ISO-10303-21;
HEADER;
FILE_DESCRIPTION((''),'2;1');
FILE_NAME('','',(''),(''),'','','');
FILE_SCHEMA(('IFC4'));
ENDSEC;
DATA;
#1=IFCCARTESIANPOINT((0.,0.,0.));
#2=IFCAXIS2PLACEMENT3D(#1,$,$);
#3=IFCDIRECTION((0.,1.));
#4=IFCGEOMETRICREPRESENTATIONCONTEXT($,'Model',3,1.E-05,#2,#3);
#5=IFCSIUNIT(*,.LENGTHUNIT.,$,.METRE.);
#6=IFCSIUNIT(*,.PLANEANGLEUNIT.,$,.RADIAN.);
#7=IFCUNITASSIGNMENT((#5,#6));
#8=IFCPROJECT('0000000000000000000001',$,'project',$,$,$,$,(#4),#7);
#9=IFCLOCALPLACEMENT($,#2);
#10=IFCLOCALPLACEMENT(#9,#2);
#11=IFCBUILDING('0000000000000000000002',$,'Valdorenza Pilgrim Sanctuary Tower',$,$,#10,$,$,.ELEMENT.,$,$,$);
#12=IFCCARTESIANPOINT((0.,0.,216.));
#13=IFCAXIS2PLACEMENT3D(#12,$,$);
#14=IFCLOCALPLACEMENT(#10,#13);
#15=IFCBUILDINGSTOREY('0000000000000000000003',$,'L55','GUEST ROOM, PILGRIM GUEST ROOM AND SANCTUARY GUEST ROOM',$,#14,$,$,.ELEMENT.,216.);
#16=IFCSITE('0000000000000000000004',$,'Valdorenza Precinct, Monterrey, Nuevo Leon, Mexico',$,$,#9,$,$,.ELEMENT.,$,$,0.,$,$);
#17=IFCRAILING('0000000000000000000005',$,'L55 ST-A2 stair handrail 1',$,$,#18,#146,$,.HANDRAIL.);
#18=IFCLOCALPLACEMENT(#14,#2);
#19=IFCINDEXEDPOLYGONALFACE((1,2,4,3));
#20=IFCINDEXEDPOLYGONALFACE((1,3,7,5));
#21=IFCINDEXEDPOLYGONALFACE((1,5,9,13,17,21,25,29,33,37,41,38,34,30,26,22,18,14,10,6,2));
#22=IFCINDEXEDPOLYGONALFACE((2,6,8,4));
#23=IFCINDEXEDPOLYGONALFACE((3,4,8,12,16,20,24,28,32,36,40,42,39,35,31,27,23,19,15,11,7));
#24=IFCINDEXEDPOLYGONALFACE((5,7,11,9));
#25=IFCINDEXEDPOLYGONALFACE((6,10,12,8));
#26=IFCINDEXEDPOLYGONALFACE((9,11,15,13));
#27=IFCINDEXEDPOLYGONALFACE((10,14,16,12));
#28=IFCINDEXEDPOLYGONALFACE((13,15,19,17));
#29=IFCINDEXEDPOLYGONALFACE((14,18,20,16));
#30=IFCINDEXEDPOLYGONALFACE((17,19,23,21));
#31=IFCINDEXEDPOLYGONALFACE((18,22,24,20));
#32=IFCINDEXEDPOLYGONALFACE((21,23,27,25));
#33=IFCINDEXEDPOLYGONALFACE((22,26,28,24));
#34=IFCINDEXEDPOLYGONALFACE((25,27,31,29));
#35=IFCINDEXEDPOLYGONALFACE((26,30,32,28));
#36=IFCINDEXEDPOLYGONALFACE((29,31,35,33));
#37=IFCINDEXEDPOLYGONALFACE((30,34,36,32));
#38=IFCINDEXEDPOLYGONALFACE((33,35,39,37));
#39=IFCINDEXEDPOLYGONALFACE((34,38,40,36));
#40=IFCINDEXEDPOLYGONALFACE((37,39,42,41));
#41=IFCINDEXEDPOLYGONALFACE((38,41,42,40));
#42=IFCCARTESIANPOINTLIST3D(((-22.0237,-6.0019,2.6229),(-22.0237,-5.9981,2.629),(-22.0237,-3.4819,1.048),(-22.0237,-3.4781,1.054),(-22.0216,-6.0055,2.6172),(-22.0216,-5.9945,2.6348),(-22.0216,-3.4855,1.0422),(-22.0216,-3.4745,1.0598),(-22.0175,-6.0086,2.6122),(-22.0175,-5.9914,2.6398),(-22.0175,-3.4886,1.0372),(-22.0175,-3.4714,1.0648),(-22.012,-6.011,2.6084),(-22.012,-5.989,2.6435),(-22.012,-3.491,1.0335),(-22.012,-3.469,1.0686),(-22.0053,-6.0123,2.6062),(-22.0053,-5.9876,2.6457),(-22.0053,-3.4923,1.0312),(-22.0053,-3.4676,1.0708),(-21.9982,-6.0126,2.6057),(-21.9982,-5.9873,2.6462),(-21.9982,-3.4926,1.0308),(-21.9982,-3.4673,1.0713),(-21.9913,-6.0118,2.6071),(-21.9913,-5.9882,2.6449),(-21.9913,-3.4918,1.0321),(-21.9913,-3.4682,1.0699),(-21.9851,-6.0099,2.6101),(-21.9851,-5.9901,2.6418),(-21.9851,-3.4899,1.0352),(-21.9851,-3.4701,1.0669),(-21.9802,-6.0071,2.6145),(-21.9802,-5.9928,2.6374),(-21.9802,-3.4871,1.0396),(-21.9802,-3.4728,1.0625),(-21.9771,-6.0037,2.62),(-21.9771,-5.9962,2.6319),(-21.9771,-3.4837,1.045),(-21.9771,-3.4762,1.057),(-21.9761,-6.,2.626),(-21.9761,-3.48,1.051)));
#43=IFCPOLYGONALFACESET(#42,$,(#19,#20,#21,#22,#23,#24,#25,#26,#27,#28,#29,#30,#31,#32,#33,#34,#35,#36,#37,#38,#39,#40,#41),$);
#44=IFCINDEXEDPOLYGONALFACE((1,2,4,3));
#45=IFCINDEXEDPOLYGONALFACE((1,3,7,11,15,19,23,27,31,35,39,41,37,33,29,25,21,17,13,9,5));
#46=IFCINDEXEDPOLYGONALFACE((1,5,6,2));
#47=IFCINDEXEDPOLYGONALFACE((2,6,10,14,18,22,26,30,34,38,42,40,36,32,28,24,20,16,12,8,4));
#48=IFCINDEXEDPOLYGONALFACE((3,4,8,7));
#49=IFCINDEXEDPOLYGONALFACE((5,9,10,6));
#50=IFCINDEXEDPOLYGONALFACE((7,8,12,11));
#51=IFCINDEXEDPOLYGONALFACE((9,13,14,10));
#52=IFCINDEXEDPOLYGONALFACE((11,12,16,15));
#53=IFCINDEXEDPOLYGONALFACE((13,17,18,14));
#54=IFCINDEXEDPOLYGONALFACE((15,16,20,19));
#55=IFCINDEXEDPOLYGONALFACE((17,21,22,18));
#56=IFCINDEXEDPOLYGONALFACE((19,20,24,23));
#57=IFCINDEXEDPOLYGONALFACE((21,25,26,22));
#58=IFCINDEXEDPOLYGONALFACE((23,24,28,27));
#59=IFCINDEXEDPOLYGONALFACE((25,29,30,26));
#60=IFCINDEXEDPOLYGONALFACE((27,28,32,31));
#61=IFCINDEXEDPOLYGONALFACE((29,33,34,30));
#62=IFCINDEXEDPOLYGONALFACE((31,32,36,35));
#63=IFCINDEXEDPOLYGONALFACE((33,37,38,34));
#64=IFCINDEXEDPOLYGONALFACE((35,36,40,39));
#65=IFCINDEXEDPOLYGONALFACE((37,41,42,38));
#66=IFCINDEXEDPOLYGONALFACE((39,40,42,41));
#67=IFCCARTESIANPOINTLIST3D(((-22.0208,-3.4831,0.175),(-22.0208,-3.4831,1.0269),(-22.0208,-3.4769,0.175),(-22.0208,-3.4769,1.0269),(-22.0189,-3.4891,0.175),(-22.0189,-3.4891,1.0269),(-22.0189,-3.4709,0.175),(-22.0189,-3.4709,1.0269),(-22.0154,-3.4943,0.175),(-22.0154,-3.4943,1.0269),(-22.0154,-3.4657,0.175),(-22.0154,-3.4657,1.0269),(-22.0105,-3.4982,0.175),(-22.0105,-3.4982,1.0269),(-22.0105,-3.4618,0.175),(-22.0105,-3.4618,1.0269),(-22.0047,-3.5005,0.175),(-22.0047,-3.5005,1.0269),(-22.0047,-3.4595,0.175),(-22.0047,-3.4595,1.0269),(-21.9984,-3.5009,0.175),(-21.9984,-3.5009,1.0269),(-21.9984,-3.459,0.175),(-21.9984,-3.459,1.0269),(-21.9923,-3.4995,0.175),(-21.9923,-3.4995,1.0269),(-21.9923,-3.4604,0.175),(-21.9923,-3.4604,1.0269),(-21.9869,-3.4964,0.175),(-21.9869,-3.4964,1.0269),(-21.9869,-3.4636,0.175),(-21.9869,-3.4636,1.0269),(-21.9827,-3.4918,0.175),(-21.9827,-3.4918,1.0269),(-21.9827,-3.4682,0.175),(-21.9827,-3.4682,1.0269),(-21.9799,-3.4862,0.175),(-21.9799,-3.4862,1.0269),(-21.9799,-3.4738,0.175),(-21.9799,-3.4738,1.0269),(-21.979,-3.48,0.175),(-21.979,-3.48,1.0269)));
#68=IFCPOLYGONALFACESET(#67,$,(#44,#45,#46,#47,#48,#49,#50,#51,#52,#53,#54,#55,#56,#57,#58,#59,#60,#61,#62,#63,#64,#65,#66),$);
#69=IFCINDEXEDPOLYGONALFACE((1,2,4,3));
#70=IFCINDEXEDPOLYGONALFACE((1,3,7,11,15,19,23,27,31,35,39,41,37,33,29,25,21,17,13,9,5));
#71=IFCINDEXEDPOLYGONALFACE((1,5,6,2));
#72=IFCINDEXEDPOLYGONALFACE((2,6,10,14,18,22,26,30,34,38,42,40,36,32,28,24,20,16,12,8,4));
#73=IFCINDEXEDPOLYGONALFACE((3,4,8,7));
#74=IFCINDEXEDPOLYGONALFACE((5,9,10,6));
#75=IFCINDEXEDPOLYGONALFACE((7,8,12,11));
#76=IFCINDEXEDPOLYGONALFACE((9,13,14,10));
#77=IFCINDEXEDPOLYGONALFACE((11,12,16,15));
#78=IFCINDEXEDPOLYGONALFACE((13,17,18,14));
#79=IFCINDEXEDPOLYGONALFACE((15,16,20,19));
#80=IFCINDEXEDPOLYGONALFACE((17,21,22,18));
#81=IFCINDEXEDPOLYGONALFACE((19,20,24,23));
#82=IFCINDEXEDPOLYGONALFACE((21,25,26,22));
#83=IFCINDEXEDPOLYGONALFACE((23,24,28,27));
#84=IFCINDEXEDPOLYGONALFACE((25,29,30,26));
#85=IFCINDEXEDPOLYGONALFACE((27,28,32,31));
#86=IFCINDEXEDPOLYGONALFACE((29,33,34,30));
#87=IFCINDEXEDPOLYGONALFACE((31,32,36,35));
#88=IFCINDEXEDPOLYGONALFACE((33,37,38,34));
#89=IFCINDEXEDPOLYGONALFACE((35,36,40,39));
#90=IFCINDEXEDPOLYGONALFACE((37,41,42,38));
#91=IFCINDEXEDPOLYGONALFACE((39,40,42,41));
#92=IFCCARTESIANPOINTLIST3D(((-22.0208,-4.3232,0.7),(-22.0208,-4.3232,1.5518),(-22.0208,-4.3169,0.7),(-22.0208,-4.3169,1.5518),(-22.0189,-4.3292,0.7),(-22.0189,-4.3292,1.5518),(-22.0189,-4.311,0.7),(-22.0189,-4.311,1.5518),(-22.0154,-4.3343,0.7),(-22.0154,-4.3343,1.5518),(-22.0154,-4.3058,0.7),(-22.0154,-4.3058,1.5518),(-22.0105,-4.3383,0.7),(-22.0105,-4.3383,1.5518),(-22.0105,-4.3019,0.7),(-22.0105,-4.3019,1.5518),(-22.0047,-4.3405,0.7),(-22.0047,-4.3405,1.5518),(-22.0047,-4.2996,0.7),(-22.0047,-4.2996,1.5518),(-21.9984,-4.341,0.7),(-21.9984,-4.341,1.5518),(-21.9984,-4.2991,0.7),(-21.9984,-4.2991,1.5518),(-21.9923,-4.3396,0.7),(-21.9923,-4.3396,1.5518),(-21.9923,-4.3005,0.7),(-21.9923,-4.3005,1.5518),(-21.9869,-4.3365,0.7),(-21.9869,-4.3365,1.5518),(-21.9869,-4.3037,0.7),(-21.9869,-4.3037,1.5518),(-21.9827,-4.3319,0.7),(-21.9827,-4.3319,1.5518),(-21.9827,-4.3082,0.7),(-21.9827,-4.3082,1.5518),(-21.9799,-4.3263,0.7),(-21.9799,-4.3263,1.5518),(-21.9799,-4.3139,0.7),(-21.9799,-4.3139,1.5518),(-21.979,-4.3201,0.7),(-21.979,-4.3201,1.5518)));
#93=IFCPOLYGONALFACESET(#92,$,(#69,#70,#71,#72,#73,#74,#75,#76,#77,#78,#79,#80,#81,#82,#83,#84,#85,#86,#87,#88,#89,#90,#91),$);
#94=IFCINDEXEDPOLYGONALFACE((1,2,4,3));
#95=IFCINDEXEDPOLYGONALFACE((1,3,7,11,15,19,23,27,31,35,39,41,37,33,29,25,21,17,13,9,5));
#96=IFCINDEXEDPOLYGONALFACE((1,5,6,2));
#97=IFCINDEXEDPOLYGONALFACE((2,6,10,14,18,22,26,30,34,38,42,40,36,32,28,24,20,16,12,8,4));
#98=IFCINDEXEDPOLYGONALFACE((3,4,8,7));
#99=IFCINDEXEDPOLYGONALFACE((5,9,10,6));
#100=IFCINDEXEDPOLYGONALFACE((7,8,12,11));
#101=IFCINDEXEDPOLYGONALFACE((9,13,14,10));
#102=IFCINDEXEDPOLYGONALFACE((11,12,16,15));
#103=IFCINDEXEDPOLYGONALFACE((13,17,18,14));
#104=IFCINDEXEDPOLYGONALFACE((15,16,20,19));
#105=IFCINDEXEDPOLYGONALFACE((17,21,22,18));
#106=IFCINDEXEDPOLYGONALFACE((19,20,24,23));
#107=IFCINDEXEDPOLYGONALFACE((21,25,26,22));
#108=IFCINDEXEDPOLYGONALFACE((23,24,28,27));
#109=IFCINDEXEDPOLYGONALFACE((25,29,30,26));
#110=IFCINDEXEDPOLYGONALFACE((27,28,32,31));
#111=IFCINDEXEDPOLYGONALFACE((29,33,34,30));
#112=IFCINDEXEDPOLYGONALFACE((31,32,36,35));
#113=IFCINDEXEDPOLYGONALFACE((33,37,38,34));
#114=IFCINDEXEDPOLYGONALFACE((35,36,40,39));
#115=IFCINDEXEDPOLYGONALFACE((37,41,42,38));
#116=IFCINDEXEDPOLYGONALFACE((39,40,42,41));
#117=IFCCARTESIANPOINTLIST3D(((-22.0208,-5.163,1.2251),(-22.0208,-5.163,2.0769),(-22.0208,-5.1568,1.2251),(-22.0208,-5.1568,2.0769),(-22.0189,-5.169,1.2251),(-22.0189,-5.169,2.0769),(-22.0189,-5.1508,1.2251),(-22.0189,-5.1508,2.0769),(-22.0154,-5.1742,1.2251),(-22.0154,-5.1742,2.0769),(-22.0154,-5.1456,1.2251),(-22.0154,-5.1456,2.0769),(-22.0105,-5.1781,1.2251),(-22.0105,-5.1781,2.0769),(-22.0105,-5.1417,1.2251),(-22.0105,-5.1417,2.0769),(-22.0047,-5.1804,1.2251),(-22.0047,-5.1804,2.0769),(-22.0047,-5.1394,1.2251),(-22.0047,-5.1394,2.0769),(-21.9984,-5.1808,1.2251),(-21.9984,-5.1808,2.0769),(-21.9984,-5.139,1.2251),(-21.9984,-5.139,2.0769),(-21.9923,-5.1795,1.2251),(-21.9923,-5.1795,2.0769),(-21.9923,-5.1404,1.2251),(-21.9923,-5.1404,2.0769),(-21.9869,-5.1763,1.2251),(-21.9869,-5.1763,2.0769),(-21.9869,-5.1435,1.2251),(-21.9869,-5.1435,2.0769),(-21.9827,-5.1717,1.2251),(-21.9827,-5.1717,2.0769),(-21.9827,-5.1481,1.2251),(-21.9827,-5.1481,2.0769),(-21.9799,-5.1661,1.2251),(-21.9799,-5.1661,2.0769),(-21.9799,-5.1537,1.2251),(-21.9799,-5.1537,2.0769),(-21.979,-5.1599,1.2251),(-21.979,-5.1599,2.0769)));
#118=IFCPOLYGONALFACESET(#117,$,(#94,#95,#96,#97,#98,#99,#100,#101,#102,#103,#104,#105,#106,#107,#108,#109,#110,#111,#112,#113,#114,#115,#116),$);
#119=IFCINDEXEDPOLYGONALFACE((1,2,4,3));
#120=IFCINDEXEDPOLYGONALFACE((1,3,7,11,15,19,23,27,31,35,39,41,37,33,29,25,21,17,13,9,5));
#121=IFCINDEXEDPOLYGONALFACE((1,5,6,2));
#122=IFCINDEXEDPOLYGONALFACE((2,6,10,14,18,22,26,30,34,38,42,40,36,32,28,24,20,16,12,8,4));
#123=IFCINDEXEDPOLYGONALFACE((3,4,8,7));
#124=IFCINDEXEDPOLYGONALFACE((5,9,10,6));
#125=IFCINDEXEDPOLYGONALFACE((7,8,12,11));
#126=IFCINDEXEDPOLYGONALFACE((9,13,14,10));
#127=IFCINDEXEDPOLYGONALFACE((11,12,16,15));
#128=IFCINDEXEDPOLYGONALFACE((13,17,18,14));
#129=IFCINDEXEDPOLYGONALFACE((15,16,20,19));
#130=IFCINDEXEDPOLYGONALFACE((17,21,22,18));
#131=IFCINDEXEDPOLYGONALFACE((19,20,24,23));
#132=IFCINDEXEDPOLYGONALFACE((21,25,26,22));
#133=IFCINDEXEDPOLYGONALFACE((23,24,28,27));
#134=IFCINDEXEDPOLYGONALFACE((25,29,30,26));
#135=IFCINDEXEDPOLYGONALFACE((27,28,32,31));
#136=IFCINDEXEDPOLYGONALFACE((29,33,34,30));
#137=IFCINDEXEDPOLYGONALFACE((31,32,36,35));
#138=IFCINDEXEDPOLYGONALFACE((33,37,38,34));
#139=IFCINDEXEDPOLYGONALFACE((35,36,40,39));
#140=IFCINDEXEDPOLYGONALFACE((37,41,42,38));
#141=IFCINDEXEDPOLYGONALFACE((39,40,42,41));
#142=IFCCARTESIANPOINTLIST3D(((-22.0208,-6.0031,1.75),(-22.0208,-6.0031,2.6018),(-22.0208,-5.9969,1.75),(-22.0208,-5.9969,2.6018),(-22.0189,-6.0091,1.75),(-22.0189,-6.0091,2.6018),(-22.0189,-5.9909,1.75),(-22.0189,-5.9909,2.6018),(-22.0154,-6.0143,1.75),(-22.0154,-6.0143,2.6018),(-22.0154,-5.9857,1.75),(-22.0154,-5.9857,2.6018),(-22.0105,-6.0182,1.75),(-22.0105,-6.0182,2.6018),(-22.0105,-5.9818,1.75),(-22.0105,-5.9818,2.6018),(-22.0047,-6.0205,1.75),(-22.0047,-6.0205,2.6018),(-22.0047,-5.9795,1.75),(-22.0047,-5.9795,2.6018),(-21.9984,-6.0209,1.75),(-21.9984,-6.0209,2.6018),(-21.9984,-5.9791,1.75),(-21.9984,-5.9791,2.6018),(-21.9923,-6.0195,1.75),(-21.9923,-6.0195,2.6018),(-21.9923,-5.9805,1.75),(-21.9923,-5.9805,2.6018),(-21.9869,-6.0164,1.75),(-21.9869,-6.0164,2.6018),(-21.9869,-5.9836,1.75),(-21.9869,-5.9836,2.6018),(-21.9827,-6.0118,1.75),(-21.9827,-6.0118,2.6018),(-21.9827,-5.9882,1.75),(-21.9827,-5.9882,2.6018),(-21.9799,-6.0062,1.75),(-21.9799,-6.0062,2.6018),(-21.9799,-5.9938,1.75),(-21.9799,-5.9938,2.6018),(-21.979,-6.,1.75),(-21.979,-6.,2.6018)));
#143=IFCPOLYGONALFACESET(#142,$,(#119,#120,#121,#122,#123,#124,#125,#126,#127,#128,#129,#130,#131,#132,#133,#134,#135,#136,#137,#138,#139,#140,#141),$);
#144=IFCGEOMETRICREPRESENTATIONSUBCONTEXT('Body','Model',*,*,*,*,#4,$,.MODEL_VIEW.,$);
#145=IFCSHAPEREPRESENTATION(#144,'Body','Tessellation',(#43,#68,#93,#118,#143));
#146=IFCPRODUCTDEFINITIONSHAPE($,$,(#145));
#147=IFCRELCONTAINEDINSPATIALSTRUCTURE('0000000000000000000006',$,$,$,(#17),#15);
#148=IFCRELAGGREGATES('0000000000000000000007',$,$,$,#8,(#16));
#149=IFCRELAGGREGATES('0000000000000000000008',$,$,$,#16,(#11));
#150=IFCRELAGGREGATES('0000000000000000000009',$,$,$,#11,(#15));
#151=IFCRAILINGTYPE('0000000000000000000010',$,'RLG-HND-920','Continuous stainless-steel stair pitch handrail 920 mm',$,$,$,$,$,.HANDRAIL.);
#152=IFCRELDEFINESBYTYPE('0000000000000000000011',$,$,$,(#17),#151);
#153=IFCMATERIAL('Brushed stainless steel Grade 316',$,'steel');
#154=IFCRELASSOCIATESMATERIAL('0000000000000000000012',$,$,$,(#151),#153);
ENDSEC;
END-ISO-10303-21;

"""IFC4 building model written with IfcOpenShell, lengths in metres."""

from ifc_helpers import new_model, si_unit, direction, frame, origin, origin_2d, place, context, subcontext, project, spatial, circle, extrude, material, type_object, element, save


model = new_model("IFC4")

# Units and contexts
model_context = context("Model", 3, precision=1e-05, world=origin(), true_north=direction((0.0, 1.0)))
body_context = subcontext(model_context, "Body", "Model", "MODEL_VIEW")
ifc_project = project(units=[si_unit("LENGTHUNIT", "METRE"), si_unit("PLANEANGLEUNIT", "RADIAN")], contexts=[model_context])

# Site, building, storey
site_placement = place(None, origin())
site = spatial("IfcSite", under=ifc_project, at=site_placement, Name="Valdorenza Precinct, Monterrey, Nuevo Leon, Mexico", CompositionType="ELEMENT", RefElevation=0.0)
building_placement = place(site_placement, origin())
building = spatial("IfcBuilding", under=site, at=building_placement, Name="Valdorenza Pilgrim Sanctuary Tower", CompositionType="ELEMENT")
storey_placement = place(building_placement, frame((0.0, 0.0, 216.0)))
storey = spatial("IfcBuildingStorey", under=building, at=storey_placement, Name="L55", Description="GUEST ROOM, PILGRIM GUEST ROOM AND SANCTUARY GUEST ROOM", CompositionType="ELEMENT", Elevation=216.0)

# Railing
ifc_material_1 = material(Name="Brushed stainless steel Grade 316", Category="steel")
railing_type_1 = type_object("IfcRailingType", Name="RLG-HND-920", Description="Continuous stainless-steel stair pitch handrail 920 mm", PredefinedType="HANDRAIL", material=ifc_material_1)
railing_1_placement = place(storey_placement, frame((-22.0, -3.48, 0.175)))
element("IfcRailing", 1, at=railing_1_placement, inside=storey, type_object=railing_type_1, Name="L55 ST-A2 stair handrail 1", PredefinedType="HANDRAIL", context=body_context, shape_type="SweptSolid", body=[
    extrude(circle(Radius=0.0239, at=origin_2d()), frame((0.0, 0.0, 0.876), z_axis=(0.0, -0.848008, 0.529984), x_axis=(1.0, 0.0, 0.0)), (0.0, 0.0, 1.0), 2.9717),
    extrude(circle(Radius=0.021, at=origin_2d()), origin(), (0.0, 0.0, 1.0), 0.8518),
    extrude(circle(Radius=0.021, at=origin_2d()), frame((0.0, -0.8401, 0.5249)), (0.0, 0.0, 1.0), 0.8518),
    extrude(circle(Radius=0.021, at=origin_2d()), frame((0.0, -1.6799, 1.05)), (0.0, 0.0, 1.0), 0.8518),
    extrude(circle(Radius=0.021, at=origin_2d()), frame((0.0, -2.52, 1.575)), (0.0, 0.0, 1.0), 0.8518),
])

save(model, "model.ifc")
